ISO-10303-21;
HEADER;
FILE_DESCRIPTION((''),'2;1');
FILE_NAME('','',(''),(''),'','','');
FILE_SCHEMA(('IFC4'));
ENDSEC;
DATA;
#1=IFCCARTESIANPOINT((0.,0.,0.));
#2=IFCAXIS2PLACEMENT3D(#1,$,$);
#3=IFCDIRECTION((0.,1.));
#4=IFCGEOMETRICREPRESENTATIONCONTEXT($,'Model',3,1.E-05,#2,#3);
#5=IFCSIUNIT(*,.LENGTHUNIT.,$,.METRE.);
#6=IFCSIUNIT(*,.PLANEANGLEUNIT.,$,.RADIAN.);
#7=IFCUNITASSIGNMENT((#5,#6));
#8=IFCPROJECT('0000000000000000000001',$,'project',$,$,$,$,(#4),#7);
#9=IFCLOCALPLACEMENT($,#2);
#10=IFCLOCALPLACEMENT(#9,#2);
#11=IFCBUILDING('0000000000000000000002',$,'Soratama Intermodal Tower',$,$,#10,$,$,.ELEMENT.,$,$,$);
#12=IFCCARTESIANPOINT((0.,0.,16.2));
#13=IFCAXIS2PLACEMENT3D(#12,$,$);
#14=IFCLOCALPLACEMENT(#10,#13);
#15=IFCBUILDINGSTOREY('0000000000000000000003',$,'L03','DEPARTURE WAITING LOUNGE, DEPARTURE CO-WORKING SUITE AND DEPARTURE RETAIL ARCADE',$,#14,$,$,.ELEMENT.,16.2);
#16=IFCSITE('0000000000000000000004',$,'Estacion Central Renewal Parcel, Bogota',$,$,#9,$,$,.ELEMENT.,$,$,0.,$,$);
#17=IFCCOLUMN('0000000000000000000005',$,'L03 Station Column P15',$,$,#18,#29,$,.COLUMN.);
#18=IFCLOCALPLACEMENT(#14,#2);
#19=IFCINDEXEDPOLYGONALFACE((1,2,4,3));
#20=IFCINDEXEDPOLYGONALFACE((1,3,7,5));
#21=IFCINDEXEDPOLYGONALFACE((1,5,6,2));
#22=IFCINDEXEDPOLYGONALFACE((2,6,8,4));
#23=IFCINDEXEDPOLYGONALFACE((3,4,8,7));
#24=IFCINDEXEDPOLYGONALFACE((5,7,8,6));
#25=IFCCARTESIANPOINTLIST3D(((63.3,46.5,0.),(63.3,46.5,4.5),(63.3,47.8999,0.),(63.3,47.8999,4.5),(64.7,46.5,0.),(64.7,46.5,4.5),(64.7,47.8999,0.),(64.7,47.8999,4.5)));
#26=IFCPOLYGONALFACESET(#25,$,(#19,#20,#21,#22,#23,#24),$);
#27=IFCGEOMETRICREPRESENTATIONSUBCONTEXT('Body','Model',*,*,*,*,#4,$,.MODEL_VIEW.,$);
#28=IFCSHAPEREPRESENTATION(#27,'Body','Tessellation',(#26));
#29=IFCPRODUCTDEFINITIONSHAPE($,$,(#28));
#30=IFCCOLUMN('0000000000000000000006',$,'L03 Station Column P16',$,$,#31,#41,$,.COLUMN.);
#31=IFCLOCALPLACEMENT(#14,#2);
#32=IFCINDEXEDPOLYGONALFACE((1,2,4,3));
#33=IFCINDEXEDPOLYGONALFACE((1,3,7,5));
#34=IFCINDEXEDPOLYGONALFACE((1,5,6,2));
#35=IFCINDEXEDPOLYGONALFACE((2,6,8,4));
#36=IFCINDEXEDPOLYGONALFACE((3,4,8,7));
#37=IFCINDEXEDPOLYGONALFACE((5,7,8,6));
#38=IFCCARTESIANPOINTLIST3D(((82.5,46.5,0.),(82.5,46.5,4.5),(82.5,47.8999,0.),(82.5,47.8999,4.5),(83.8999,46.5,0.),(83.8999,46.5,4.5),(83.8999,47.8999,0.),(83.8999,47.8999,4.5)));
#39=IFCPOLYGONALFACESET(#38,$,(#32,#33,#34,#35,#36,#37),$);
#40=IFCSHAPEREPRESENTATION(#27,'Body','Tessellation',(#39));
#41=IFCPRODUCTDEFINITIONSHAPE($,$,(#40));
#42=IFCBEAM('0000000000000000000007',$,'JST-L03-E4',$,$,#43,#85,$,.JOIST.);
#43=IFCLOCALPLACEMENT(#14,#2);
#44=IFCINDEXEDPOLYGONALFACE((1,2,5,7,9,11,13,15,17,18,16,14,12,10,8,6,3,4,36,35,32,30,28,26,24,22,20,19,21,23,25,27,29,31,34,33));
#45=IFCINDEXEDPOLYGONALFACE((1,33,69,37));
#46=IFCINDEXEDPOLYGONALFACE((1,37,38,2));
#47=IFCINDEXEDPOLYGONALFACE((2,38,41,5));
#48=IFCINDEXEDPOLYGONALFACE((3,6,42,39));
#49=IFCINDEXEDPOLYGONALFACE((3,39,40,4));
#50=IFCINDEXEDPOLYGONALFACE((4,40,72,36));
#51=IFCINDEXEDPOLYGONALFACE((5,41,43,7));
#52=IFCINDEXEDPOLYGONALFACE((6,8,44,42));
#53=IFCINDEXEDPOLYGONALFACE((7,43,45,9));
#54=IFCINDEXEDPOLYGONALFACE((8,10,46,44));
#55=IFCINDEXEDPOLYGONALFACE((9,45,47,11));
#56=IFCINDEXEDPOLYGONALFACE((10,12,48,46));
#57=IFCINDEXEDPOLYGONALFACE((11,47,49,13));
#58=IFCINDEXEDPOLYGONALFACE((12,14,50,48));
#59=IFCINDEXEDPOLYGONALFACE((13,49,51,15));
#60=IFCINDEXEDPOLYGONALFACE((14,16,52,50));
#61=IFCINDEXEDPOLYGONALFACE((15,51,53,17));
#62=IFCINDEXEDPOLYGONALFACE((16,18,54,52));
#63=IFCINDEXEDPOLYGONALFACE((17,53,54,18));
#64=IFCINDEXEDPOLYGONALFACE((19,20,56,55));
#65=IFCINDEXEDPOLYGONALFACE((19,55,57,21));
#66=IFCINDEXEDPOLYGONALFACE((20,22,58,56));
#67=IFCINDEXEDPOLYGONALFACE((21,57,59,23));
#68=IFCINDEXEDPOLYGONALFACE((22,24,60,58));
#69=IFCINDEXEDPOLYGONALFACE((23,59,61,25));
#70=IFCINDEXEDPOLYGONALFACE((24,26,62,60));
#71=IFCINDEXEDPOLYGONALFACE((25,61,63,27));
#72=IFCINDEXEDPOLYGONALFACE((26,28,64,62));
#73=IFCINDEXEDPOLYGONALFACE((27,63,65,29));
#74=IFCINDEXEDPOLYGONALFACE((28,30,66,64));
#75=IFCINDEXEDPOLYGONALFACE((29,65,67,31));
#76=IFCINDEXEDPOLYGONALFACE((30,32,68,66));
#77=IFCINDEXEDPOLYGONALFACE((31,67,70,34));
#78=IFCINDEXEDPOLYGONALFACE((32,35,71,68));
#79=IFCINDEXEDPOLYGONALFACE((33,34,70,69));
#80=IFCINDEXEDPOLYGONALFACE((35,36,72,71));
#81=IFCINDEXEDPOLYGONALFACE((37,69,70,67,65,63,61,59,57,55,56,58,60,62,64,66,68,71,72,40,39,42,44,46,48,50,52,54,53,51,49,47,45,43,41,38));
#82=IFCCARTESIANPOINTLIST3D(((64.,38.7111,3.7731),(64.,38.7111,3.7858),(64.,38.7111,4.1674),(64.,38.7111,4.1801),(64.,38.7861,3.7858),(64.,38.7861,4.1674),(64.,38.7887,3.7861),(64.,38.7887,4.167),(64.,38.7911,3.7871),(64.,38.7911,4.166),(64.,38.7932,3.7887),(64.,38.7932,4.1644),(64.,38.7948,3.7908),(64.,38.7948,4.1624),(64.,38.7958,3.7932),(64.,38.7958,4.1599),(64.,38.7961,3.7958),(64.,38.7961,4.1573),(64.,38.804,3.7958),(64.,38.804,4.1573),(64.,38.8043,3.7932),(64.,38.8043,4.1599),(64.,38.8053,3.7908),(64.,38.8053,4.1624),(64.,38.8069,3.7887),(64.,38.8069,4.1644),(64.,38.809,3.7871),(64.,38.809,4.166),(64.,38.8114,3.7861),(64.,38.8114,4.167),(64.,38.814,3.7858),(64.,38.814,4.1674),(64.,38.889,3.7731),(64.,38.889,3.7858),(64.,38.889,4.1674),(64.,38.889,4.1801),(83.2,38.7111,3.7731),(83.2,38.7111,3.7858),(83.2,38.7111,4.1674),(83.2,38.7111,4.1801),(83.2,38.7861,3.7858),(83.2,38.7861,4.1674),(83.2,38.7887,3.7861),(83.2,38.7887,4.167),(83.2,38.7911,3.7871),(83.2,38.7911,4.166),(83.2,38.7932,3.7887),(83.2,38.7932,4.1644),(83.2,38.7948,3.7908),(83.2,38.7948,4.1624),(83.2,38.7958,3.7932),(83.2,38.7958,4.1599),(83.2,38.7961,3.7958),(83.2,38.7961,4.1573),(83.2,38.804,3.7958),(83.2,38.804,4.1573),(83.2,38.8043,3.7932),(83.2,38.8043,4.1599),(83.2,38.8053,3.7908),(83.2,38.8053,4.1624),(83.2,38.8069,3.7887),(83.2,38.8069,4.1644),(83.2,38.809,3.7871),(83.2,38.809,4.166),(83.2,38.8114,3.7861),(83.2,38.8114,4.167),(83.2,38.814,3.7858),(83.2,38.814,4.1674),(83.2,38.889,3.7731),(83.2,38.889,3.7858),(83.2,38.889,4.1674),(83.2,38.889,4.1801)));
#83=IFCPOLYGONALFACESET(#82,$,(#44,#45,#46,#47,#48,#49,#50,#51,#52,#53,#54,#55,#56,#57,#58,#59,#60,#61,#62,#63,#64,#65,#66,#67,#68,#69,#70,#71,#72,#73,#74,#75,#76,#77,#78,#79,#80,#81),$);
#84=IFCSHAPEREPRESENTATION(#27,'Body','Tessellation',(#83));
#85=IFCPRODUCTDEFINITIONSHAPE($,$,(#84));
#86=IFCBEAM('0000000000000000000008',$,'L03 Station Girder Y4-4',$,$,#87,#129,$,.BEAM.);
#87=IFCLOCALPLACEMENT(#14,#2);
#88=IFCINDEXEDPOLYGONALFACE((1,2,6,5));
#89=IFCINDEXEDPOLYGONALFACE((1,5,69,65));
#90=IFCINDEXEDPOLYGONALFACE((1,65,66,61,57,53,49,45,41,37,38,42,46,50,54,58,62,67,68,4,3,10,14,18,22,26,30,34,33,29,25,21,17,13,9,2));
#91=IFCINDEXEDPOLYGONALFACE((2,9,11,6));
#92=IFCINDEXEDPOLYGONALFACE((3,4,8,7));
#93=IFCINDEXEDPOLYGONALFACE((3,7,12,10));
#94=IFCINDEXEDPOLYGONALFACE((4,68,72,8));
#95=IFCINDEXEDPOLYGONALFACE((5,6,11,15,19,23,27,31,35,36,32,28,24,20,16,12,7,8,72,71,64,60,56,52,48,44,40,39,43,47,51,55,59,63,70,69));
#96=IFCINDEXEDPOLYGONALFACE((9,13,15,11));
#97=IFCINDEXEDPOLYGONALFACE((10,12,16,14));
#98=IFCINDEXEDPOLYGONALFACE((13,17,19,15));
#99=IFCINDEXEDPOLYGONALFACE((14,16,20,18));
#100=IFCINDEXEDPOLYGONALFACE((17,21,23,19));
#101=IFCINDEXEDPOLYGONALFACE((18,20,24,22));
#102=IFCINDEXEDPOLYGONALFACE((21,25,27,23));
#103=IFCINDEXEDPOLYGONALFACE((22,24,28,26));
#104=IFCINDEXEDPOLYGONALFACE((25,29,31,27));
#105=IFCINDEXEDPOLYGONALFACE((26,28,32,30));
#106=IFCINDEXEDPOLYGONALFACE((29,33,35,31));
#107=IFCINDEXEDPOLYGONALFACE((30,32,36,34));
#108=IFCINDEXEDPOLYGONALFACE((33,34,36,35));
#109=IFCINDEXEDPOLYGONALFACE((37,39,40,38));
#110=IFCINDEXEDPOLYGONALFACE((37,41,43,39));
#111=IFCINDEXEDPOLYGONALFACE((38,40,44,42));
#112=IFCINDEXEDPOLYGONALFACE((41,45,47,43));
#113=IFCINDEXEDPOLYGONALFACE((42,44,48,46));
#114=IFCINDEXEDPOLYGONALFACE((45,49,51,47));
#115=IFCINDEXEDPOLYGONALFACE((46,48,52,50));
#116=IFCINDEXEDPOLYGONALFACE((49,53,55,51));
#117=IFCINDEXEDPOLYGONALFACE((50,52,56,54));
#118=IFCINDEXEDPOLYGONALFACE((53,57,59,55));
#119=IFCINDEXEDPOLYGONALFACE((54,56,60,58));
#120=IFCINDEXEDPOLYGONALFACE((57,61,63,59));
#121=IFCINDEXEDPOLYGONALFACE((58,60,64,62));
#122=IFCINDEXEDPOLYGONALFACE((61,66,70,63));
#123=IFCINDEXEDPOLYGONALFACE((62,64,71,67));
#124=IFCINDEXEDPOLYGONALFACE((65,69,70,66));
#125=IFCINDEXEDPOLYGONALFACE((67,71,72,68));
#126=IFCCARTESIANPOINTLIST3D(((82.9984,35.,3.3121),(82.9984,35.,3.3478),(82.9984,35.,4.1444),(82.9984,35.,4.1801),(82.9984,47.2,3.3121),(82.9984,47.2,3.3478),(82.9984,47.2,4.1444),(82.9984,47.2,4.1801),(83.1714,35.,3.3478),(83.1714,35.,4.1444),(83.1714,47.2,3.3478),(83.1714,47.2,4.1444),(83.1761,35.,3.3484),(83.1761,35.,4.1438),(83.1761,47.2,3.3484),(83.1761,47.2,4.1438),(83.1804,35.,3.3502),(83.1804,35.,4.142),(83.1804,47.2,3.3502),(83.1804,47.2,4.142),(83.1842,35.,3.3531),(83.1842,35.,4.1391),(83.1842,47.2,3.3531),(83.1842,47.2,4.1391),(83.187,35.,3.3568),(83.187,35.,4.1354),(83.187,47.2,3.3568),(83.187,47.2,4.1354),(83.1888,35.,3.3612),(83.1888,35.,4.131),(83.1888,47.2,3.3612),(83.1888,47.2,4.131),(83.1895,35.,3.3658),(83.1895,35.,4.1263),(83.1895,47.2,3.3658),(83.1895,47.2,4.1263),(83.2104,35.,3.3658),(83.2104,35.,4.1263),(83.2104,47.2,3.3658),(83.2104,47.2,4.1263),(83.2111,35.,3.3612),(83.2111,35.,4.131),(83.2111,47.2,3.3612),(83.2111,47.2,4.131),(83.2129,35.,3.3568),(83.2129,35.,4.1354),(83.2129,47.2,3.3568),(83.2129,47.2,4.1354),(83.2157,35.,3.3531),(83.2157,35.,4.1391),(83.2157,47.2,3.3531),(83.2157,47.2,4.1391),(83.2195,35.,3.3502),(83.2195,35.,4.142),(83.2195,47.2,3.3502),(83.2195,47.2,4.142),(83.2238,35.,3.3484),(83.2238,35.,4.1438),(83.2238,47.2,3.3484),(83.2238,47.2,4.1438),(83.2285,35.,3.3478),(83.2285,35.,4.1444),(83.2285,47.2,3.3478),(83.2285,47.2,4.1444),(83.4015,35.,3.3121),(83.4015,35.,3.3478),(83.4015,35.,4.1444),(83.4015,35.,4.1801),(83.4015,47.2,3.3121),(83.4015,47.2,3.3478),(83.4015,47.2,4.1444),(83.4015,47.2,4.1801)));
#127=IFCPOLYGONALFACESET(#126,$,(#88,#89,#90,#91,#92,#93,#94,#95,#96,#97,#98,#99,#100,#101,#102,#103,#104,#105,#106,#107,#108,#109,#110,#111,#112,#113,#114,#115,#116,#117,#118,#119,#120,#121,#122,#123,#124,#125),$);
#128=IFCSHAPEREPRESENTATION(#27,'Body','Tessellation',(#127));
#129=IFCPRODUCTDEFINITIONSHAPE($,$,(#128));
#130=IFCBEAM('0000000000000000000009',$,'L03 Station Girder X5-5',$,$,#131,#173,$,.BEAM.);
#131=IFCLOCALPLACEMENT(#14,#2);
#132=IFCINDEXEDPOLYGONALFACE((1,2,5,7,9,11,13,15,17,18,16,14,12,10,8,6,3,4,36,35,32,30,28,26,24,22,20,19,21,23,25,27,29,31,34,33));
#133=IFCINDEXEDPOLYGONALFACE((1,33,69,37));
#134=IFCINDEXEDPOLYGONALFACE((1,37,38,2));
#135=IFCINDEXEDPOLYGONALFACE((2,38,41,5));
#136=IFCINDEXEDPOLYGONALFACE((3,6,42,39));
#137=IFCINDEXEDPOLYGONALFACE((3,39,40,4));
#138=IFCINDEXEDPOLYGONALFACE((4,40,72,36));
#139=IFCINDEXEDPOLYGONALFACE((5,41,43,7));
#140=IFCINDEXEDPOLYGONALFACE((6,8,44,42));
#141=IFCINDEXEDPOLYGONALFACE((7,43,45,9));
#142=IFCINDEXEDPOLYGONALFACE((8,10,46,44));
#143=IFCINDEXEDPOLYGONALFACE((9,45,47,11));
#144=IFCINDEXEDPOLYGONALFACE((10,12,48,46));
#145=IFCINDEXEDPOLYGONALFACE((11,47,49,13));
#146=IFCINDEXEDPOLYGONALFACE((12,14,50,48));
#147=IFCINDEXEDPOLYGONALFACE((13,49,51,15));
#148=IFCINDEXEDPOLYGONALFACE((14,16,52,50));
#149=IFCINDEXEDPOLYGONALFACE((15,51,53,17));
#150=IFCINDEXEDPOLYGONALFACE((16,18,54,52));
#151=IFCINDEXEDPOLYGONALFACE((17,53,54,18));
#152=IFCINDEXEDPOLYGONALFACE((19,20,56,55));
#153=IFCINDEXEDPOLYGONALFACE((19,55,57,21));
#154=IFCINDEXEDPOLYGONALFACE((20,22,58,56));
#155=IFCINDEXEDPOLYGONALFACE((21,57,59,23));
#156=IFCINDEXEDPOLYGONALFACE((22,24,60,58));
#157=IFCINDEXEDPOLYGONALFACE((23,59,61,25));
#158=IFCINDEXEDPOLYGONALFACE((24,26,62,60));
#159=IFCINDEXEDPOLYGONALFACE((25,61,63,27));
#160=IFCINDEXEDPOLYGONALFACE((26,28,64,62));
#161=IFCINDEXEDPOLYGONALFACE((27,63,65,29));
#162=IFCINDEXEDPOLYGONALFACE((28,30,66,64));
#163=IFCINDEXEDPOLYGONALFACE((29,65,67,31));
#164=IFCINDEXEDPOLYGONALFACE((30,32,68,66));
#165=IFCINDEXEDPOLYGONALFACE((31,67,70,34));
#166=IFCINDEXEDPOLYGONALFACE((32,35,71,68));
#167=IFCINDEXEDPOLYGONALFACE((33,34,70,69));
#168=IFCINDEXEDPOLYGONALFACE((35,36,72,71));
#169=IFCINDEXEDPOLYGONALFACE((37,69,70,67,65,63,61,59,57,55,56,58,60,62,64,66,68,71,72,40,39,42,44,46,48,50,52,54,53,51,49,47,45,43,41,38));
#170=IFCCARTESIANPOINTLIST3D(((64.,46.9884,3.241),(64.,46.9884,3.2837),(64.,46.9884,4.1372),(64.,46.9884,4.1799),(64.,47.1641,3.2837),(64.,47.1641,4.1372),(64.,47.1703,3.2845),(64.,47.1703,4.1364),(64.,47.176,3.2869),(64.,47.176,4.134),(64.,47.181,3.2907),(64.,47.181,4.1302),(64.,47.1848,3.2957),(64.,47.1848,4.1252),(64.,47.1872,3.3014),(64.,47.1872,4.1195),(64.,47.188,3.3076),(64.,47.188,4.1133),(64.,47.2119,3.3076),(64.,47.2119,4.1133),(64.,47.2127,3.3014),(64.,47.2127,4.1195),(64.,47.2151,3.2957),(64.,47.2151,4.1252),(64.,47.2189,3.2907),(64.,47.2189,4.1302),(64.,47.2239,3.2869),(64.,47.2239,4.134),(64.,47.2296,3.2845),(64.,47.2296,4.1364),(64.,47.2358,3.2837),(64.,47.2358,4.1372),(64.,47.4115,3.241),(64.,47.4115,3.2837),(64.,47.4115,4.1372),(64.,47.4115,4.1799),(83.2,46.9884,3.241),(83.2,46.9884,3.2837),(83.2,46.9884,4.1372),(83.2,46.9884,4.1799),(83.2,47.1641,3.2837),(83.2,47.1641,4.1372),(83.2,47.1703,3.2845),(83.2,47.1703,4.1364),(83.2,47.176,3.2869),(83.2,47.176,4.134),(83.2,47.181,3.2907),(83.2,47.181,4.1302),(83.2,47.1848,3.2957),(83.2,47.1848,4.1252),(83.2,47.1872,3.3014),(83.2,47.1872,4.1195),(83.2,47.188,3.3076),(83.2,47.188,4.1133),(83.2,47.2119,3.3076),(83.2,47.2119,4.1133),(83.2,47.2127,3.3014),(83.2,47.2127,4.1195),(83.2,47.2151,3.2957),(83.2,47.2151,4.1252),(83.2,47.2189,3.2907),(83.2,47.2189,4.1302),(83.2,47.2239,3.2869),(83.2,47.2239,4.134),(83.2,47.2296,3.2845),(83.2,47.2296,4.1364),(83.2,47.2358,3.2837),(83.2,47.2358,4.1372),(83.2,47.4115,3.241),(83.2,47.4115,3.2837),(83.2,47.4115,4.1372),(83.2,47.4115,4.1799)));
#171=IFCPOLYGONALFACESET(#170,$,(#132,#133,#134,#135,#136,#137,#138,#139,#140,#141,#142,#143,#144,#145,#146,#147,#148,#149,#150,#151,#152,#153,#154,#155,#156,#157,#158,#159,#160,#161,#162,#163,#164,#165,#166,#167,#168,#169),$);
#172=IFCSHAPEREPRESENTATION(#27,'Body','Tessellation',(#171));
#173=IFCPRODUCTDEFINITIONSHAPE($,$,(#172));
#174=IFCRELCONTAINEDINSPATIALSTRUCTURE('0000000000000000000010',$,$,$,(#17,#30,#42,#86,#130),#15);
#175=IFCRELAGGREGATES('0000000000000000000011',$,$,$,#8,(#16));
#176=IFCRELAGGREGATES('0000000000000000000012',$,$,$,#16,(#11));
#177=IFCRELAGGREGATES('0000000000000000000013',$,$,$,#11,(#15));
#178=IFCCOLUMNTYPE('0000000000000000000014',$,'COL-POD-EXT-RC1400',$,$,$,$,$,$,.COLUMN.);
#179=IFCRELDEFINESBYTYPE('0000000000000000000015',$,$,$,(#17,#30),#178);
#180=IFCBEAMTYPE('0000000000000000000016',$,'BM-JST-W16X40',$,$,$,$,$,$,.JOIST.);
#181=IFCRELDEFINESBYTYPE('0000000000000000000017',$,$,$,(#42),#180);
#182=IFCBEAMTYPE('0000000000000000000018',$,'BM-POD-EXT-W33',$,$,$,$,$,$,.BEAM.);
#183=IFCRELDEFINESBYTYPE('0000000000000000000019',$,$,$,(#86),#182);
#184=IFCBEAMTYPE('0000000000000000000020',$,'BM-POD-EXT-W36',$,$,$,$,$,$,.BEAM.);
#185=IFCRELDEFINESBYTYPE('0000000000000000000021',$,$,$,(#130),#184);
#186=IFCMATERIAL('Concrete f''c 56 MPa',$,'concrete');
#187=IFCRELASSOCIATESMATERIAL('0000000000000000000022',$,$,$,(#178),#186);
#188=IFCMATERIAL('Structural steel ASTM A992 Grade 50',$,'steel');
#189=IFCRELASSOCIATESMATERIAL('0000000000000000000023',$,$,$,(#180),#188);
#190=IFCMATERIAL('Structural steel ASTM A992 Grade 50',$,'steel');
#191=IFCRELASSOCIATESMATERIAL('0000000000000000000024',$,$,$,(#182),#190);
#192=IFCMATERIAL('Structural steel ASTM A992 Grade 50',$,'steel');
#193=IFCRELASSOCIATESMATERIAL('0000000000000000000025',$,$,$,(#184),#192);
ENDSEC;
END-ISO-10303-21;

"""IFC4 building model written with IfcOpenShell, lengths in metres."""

from ifc_helpers import new_model, si_unit, direction, frame, origin, origin_2d, place, context, subcontext, project, spatial, rectangle, i_section, extrude, material, material_profile, profile_set, type_object, element, save


model = new_model("IFC4")

# Units and contexts
model_context = context("Model", 3, precision=1e-05, world=origin(), true_north=direction((0.0, 1.0)))
body_context = subcontext(model_context, "Body", "Model", "MODEL_VIEW")
ifc_project = project(units=[si_unit("LENGTHUNIT", "METRE"), si_unit("PLANEANGLEUNIT", "RADIAN")], contexts=[model_context])

# Site, building, storey
site_placement = place(None, origin())
site = spatial("IfcSite", under=ifc_project, at=site_placement, Name="Estacion Central Renewal Parcel, Bogota", CompositionType="ELEMENT", RefElevation=0.0)
building_placement = place(site_placement, origin())
building = spatial("IfcBuilding", under=site, at=building_placement, Name="Soratama Intermodal Tower", CompositionType="ELEMENT")
storey_placement = place(building_placement, frame((0.0, 0.0, 16.2)))
storey = spatial("IfcBuildingStorey", under=building, at=storey_placement, Name="L03", Description="DEPARTURE WAITING LOUNGE, DEPARTURE CO-WORKING SUITE AND DEPARTURE RETAIL ARCADE", CompositionType="ELEMENT", Elevation=16.2)

# Columns
ifc_material_1 = material(Name="Concrete f'c 56 MPa", Category="concrete")
ifc_material_profile_1 = material_profile(ifc_material_1, rectangle(XDim=1.3999, YDim=1.3999, at=origin_2d()), Name="RC1400X1400")
ifc_profile_set_1 = profile_set([ifc_material_profile_1], Name="Concrete f'c 56 MPa")
column_type = type_object("IfcColumnType", Name="COL-POD-EXT-RC1400", PredefinedType="COLUMN", material=ifc_profile_set_1)
for number, where, z_axis, x_axis, name in (
    (1, (64.0, 47.2, 0.0), (0.0, 0.0, 1.0), (1.0, 0.0, 0.0), "L03 Station Column P15"),
    (2, (83.2, 47.2, 0.0), (0.0, 0.0, 1.0), (1.0, 0.0, 0.0), "L03 Station Column P16"),
):
    element("IfcColumn", number, at=place(storey_placement, frame(where, z_axis=z_axis, x_axis=x_axis)), inside=storey, type_object=column_type, Name=name, PredefinedType="COLUMN", context=body_context, shape_type="SweptSolid", body=[
        extrude(rectangle(XDim=1.3999, YDim=1.3999, at=origin_2d()), origin(), (0.0, 0.0, 1.0), 4.5),
    ])

# Beams
ifc_material_2 = material(Name="Structural steel ASTM A992 Grade 50", Category="steel")
ifc_material_profile_2 = material_profile(ifc_material_2, i_section(OverallWidth=0.178, OverallDepth=0.407, WebThickness=0.0078, FlangeThickness=0.0127, FilletRadius=0.01, at=origin_2d()), Name="W16X40")
ifc_profile_set_2 = profile_set([ifc_material_profile_2], Name="Structural steel ASTM A992 Grade 50")
beam_type_1 = type_object("IfcBeamType", Name="BM-JST-W16X40", PredefinedType="JOIST", material=ifc_profile_set_2)
beam_1_placement = place(storey_placement, frame((64.0, 38.8, 3.9766), z_axis=(1.0, 0.0, 0.0), x_axis=(0.0, 1.0, 0.0)))
element("IfcBeam", 3, at=beam_1_placement, inside=storey, type_object=beam_type_1, Name="JST-L03-E4", PredefinedType="JOIST", context=body_context, shape_type="SweptSolid", body=[
    extrude(i_section(OverallWidth=0.178, OverallDepth=0.407, WebThickness=0.0078, FlangeThickness=0.0127, FilletRadius=0.01, at=origin_2d()), origin(), (0.0, 0.0, 1.0), 19.2),
])
ifc_material_3 = material(Name="Structural steel ASTM A992 Grade 50", Category="steel")
ifc_material_profile_3 = material_profile(ifc_material_3, i_section(OverallWidth=0.4031, OverallDepth=0.8679, WebThickness=0.021, FlangeThickness=0.0356, FilletRadius=0.0181, at=origin_2d()), Name="W33X241")
ifc_profile_set_3 = profile_set([ifc_material_profile_3], Name="Structural steel ASTM A992 Grade 50")
beam_type_2 = type_object("IfcBeamType", Name="BM-POD-EXT-W33", PredefinedType="BEAM", material=ifc_profile_set_3)
beam_2_placement = place(storey_placement, frame((83.2, 35.0, 3.7461), z_axis=(0.0, 1.0, 0.0), x_axis=(-1.0, 0.0, 0.0)))
element("IfcBeam", 4, at=beam_2_placement, inside=storey, type_object=beam_type_2, Name="L03 Station Girder Y4-4", PredefinedType="BEAM", context=body_context, shape_type="SweptSolid", body=[
    extrude(i_section(OverallWidth=0.4031, OverallDepth=0.8679, WebThickness=0.021, FlangeThickness=0.0356, FilletRadius=0.0181, at=origin_2d()), origin(), (0.0, 0.0, 1.0), 12.2),
])
ifc_material_4 = material(Name="Structural steel ASTM A992 Grade 50", Category="steel")
ifc_material_profile_4 = material_profile(ifc_material_4, i_section(OverallWidth=0.4231, OverallDepth=0.939, WebThickness=0.0239, FlangeThickness=0.0427, FilletRadius=0.0239, at=origin_2d()), Name="W36X302")
ifc_profile_set_4 = profile_set([ifc_material_profile_4], Name="Structural steel ASTM A992 Grade 50")
beam_type_3 = type_object("IfcBeamType", Name="BM-POD-EXT-W36", PredefinedType="BEAM", material=ifc_profile_set_4)
beam_3_placement = place(storey_placement, frame((64.0, 47.2, 3.7104), z_axis=(1.0, 0.0, 0.0), x_axis=(0.0, 1.0, 0.0)))
element("IfcBeam", 5, at=beam_3_placement, inside=storey, type_object=beam_type_3, Name="L03 Station Girder X5-5", PredefinedType="BEAM", context=body_context, shape_type="SweptSolid", body=[
    extrude(i_section(OverallWidth=0.4231, OverallDepth=0.939, WebThickness=0.0239, FlangeThickness=0.0427, FilletRadius=0.0239, at=origin_2d()), origin(), (0.0, 0.0, 1.0), 19.2),
])

save(model, "model.ifc")
